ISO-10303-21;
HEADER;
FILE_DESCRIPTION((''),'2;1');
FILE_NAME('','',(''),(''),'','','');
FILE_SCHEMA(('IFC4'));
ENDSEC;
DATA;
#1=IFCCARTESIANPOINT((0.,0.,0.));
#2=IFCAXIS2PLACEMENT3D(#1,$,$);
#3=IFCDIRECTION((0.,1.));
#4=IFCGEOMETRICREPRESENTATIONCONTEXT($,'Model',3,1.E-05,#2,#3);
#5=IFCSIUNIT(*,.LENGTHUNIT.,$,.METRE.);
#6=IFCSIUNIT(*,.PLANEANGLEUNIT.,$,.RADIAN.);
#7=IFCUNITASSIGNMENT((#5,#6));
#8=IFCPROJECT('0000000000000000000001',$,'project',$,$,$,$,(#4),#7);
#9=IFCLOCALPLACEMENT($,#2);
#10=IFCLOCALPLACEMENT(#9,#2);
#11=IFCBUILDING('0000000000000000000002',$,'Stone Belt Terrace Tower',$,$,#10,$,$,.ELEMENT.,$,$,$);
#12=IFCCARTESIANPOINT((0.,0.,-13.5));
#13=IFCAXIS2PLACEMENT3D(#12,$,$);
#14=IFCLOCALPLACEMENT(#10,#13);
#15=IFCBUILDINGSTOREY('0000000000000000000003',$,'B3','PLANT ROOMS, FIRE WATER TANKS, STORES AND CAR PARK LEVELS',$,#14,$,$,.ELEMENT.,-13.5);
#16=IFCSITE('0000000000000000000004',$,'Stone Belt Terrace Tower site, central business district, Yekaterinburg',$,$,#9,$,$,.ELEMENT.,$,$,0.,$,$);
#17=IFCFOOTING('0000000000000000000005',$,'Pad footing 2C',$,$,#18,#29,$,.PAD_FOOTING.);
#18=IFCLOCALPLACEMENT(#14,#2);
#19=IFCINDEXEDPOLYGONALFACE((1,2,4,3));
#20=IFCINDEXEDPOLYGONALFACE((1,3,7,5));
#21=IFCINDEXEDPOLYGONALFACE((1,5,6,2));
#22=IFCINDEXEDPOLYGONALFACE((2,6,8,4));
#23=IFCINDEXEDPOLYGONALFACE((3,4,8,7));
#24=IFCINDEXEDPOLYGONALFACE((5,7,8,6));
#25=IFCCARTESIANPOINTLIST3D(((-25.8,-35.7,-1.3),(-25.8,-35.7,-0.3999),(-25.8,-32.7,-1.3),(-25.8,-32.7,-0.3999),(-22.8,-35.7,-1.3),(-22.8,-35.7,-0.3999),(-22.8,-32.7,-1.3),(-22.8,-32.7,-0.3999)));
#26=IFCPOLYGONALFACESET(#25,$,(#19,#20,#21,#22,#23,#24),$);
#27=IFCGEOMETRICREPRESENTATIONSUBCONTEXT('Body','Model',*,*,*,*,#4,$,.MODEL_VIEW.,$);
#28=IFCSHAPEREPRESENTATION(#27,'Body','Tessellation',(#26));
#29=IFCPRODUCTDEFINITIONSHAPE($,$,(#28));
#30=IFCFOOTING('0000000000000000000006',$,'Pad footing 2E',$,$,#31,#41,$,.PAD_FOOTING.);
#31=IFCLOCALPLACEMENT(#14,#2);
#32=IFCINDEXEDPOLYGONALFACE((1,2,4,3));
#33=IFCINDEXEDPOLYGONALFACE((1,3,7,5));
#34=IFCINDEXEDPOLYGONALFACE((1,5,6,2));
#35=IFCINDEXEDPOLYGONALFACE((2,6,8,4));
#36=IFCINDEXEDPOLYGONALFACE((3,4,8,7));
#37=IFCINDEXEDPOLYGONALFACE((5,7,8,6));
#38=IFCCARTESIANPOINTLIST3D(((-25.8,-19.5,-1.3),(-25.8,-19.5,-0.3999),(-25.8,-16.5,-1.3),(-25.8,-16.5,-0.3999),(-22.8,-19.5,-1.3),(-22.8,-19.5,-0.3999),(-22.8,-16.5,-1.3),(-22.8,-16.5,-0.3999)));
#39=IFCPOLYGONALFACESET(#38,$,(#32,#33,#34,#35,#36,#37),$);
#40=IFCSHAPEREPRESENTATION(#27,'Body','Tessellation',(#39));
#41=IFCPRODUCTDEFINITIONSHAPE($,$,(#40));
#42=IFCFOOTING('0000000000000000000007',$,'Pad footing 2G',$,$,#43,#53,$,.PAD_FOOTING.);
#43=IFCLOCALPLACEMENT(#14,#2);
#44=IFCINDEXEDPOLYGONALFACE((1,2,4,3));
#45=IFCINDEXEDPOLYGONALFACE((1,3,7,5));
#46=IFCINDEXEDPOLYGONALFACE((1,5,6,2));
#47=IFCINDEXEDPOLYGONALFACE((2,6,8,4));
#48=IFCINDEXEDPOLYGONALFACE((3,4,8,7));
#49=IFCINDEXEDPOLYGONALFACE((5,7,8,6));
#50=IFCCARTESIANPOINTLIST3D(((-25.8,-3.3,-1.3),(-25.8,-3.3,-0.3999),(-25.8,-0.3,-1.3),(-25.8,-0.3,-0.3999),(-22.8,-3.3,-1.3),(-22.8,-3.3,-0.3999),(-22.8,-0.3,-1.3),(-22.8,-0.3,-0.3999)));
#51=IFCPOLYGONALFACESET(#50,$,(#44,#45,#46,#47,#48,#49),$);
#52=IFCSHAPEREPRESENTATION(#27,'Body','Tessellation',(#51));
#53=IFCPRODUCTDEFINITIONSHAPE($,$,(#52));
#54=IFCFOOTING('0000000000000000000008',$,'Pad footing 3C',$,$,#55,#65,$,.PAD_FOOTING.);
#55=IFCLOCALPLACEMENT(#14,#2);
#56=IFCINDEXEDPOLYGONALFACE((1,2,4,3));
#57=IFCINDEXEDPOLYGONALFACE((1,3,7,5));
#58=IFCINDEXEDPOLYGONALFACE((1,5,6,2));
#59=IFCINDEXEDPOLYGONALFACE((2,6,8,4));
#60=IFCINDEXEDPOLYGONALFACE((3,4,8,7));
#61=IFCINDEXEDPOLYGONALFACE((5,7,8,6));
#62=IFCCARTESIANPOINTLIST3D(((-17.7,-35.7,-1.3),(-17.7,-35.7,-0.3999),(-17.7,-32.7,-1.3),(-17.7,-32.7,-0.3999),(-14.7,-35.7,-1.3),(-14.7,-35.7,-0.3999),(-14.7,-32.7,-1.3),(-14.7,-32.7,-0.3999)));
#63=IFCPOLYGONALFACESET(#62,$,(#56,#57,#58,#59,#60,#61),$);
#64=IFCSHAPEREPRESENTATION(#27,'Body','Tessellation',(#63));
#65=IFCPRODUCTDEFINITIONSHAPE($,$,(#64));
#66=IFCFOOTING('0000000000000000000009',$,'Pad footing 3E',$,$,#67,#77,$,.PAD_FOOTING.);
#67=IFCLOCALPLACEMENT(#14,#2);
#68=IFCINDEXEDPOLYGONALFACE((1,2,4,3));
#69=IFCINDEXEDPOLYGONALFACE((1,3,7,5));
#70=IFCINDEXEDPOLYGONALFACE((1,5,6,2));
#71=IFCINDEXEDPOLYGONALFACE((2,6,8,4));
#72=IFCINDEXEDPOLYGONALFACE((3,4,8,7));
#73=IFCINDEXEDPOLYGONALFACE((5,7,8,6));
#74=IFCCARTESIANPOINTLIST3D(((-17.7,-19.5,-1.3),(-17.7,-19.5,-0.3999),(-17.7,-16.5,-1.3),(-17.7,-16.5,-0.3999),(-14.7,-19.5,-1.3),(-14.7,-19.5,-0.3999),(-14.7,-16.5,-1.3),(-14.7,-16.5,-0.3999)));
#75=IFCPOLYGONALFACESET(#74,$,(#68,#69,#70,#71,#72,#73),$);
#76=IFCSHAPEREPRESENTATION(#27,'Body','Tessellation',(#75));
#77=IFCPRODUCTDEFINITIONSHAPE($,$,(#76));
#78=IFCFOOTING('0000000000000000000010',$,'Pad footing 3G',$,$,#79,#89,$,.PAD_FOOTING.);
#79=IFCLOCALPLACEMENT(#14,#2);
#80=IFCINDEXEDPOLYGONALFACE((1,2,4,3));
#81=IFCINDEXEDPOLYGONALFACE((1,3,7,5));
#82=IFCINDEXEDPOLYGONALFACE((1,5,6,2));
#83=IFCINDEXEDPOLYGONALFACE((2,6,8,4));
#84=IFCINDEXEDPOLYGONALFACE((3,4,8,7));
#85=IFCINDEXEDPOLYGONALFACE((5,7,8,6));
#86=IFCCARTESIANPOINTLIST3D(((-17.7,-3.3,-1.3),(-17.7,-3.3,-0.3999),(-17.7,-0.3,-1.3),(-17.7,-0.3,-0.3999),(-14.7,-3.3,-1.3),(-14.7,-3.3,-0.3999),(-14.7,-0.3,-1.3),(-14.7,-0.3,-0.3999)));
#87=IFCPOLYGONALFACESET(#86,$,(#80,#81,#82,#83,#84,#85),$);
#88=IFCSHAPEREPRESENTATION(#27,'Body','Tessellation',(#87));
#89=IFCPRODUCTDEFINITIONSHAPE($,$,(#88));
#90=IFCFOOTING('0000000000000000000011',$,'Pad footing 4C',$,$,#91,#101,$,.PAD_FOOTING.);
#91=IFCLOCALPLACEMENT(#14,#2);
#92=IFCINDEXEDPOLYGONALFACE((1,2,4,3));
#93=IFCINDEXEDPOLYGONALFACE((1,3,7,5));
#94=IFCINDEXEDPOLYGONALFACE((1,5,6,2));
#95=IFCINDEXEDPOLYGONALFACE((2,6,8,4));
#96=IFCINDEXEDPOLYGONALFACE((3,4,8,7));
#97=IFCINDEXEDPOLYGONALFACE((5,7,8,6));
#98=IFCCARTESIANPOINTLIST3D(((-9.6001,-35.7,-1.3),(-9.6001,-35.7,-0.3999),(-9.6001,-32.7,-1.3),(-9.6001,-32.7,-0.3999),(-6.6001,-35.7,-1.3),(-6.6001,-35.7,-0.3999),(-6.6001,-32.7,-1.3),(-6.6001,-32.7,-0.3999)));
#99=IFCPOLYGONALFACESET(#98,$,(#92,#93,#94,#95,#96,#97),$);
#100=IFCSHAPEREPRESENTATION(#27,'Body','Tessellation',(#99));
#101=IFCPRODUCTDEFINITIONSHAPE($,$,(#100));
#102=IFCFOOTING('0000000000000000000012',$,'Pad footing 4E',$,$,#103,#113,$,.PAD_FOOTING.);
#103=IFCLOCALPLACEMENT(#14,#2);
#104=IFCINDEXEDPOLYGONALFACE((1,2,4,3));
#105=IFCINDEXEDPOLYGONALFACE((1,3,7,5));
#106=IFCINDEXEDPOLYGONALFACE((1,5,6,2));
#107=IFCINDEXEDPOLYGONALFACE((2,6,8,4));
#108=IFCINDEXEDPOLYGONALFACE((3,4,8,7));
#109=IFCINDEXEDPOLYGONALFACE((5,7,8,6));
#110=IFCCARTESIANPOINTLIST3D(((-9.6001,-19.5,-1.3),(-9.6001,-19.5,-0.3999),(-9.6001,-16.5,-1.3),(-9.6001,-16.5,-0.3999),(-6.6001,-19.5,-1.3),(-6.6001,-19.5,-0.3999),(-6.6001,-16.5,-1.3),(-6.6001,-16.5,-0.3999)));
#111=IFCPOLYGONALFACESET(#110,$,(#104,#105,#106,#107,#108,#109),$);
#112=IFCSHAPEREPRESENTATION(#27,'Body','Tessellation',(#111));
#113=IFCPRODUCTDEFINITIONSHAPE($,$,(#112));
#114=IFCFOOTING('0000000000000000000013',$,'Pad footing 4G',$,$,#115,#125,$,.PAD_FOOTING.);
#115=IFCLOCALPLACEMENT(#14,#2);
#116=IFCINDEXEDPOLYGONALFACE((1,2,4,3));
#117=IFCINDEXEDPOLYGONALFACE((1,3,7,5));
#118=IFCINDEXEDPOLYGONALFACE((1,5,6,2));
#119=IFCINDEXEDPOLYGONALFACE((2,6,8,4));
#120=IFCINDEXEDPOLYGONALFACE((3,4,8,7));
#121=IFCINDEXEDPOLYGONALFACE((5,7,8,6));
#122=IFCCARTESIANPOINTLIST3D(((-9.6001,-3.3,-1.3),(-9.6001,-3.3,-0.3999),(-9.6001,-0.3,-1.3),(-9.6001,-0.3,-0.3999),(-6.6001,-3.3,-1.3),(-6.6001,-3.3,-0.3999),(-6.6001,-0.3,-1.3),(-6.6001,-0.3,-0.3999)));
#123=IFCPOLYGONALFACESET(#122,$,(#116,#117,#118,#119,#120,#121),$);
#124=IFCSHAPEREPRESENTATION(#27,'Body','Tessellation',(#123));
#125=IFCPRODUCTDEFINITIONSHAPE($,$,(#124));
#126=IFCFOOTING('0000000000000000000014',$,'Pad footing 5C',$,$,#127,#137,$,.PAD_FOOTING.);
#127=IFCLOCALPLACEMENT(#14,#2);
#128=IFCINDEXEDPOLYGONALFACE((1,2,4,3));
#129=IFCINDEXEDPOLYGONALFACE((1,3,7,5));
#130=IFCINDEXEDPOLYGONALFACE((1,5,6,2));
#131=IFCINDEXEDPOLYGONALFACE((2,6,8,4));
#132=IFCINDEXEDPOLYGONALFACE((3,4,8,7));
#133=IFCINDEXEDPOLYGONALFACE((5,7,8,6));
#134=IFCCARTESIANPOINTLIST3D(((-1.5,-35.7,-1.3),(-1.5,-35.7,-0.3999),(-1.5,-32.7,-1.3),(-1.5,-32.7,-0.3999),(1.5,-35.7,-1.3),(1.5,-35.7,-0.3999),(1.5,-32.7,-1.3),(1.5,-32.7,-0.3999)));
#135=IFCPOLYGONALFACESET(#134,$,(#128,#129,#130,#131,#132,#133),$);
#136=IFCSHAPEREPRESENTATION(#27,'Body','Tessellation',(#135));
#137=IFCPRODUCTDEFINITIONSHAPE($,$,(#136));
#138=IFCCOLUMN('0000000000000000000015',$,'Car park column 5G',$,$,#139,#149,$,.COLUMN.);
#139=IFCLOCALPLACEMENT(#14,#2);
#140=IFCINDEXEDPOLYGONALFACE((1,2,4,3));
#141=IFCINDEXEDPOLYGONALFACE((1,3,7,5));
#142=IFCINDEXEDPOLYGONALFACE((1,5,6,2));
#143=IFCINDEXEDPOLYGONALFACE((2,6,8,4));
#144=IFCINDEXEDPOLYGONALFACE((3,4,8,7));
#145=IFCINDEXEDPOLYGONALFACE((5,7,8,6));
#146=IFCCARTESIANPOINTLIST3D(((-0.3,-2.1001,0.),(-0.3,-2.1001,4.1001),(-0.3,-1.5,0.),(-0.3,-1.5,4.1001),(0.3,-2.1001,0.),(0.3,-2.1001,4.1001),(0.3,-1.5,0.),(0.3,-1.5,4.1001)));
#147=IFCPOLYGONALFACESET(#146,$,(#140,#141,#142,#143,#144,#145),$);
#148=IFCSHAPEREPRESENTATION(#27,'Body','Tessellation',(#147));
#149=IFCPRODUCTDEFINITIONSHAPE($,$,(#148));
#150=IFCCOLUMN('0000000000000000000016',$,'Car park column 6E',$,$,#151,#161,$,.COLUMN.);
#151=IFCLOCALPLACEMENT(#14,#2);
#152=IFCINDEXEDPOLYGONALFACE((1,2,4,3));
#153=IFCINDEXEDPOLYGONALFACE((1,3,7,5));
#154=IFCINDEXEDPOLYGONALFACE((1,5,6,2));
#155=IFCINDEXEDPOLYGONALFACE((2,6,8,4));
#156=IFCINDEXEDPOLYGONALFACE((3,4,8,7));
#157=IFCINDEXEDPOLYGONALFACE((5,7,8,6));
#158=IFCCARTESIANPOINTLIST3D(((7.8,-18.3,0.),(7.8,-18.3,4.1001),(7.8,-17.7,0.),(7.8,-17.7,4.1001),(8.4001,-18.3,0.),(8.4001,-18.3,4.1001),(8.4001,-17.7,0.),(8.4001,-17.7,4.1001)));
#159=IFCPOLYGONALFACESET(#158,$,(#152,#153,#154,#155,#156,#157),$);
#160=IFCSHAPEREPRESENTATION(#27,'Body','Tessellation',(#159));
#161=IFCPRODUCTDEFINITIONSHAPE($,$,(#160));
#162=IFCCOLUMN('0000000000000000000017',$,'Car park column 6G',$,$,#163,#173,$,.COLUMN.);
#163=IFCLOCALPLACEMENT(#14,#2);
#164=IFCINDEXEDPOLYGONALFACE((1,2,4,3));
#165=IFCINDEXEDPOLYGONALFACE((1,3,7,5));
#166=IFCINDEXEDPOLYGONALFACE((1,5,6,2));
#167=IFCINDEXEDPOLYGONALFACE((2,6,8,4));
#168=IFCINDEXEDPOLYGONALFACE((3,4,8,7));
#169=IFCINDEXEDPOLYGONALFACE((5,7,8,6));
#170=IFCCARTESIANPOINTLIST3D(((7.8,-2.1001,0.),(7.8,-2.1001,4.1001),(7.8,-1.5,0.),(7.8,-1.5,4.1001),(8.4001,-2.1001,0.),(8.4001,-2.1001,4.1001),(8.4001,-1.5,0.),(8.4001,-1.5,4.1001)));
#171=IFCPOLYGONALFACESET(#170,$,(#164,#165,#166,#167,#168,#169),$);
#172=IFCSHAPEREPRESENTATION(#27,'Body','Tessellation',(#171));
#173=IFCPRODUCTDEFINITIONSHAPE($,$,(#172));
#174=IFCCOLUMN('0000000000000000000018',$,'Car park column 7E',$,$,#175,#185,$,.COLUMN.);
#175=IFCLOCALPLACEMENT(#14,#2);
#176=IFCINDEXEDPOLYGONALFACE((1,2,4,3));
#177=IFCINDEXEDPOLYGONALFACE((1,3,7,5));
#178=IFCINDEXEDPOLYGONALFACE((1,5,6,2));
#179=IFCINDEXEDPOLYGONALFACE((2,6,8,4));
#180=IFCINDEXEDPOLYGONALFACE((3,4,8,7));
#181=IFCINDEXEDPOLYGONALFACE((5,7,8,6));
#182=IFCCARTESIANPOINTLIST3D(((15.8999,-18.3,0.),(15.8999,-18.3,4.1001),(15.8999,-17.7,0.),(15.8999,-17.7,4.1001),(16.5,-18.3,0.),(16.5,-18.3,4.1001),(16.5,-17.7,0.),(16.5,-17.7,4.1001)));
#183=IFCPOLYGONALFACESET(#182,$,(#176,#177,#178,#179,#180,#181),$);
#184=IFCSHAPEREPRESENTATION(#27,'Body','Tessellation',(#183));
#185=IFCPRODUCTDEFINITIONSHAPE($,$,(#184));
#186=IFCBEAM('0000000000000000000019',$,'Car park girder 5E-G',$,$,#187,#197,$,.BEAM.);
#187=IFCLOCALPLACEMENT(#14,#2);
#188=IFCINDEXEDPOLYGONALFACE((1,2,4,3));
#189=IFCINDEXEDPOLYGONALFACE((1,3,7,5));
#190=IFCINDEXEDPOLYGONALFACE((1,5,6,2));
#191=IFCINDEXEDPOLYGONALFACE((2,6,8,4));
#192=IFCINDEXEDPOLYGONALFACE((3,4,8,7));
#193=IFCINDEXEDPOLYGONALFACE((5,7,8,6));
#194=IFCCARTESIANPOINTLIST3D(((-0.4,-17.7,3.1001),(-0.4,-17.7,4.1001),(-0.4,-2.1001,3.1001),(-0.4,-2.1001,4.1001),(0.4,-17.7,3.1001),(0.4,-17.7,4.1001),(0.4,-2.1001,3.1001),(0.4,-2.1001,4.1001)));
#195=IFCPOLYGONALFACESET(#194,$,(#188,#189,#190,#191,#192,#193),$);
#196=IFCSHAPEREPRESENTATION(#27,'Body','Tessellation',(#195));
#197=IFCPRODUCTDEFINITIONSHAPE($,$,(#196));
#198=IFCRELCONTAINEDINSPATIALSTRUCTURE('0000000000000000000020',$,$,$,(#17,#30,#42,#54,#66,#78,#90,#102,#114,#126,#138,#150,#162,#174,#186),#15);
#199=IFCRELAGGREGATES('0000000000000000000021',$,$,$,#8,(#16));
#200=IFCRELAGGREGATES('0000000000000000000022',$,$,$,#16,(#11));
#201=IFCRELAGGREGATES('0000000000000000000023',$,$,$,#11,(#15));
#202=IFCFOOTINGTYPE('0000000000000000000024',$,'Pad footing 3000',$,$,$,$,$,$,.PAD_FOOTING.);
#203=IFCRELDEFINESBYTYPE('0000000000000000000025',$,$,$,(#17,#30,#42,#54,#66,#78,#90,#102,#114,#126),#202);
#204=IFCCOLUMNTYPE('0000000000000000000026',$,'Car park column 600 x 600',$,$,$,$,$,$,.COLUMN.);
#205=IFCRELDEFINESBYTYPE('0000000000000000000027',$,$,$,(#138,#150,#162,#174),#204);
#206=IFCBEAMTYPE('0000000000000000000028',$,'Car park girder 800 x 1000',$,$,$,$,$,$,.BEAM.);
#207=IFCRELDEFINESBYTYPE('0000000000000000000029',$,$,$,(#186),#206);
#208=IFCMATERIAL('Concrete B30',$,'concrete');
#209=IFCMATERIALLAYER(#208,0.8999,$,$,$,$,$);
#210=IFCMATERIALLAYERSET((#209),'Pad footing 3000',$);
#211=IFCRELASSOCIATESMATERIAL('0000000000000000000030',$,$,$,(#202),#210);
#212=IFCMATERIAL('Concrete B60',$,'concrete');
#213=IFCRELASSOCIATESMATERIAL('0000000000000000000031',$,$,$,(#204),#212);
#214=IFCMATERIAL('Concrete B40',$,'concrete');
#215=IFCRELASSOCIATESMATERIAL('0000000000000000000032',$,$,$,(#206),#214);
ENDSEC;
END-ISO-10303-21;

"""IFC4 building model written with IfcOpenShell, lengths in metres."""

from ifc_helpers import new_model, si_unit, direction, frame, origin, origin_2d, place, context, subcontext, project, spatial, polyline, rectangle, outline, extrude, material, layer, layer_set, material_profile, profile_set, type_object, element, save


model = new_model("IFC4")

# Units and contexts
model_context = context("Model", 3, precision=1e-05, world=origin(), true_north=direction((0.0, 1.0)))
body_context = subcontext(model_context, "Body", "Model", "MODEL_VIEW")
ifc_project = project(units=[si_unit("LENGTHUNIT", "METRE"), si_unit("PLANEANGLEUNIT", "RADIAN")], contexts=[model_context])

# Site, building, storey
site_placement = place(None, origin())
site = spatial("IfcSite", under=ifc_project, at=site_placement, Name="Stone Belt Terrace Tower site, central business district, Yekaterinburg", CompositionType="ELEMENT", RefElevation=0.0)
building_placement = place(site_placement, origin())
building = spatial("IfcBuilding", under=site, at=building_placement, Name="Stone Belt Terrace Tower", CompositionType="ELEMENT")
storey_placement = place(building_placement, frame((0.0, 0.0, -13.5)))
storey = spatial("IfcBuildingStorey", under=building, at=storey_placement, Name="B3", Description="PLANT ROOMS, FIRE WATER TANKS, STORES AND CAR PARK LEVELS", CompositionType="ELEMENT", Elevation=-13.5)

# Footings
ifc_material_1 = material(Name="Concrete B30", Category="concrete")
ifc_layer_1 = layer(ifc_material_1, 0.8999)
ifc_layer_set_1 = layer_set([ifc_layer_1], Name="Pad footing 3000")
footing_type = type_object("IfcFootingType", Name="Pad footing 3000", PredefinedType="PAD_FOOTING", material=ifc_layer_set_1)
footing_1_placement = place(storey_placement, frame((0.0, 0.0, -1.3)))
element("IfcFooting", 1, at=footing_1_placement, inside=storey, type_object=footing_type, Name="Pad footing 2C", PredefinedType="PAD_FOOTING", context=body_context, shape_type="SweptSolid", body=[
    extrude(outline(polyline([(-25.8, -35.7), (-22.8, -35.7), (-22.8, -32.7), (-25.8, -32.7), (-25.8, -35.7)])), origin(), (0.0, 0.0, 1.0), 0.9001),
])
footing_2_placement = place(storey_placement, frame((0.0, 0.0, -1.3)))
element("IfcFooting", 2, at=footing_2_placement, inside=storey, type_object=footing_type, Name="Pad footing 2E", PredefinedType="PAD_FOOTING", context=body_context, shape_type="SweptSolid", body=[
    extrude(outline(polyline([(-25.8, -19.5), (-22.8, -19.5), (-22.8, -16.5), (-25.8, -16.5), (-25.8, -19.5)])), origin(), (0.0, 0.0, 1.0), 0.9001),
])
footing_3_placement = place(storey_placement, frame((0.0, 0.0, -1.3)))
element("IfcFooting", 3, at=footing_3_placement, inside=storey, type_object=footing_type, Name="Pad footing 2G", PredefinedType="PAD_FOOTING", context=body_context, shape_type="SweptSolid", body=[
    extrude(outline(polyline([(-25.8, -3.3), (-22.8, -3.3), (-22.8, -0.3), (-25.8, -0.3), (-25.8, -3.3)])), origin(), (0.0, 0.0, 1.0), 0.9001),
])
footing_4_placement = place(storey_placement, frame((0.0, 0.0, -1.3)))
element("IfcFooting", 4, at=footing_4_placement, inside=storey, type_object=footing_type, Name="Pad footing 3C", PredefinedType="PAD_FOOTING", context=body_context, shape_type="SweptSolid", body=[
    extrude(outline(polyline([(-17.7, -35.7), (-14.7, -35.7), (-14.7, -32.7), (-17.7, -32.7), (-17.7, -35.7)])), origin(), (0.0, 0.0, 1.0), 0.9001),
])
footing_5_placement = place(storey_placement, frame((0.0, 0.0, -1.3)))
element("IfcFooting", 5, at=footing_5_placement, inside=storey, type_object=footing_type, Name="Pad footing 3E", PredefinedType="PAD_FOOTING", context=body_context, shape_type="SweptSolid", body=[
    extrude(outline(polyline([(-17.7, -19.5), (-14.7, -19.5), (-14.7, -16.5), (-17.7, -16.5), (-17.7, -19.5)])), origin(), (0.0, 0.0, 1.0), 0.9001),
])
footing_6_placement = place(storey_placement, frame((0.0, 0.0, -1.3)))
element("IfcFooting", 6, at=footing_6_placement, inside=storey, type_object=footing_type, Name="Pad footing 3G", PredefinedType="PAD_FOOTING", context=body_context, shape_type="SweptSolid", body=[
    extrude(outline(polyline([(-17.7, -3.3), (-14.7, -3.3), (-14.7, -0.3), (-17.7, -0.3), (-17.7, -3.3)])), origin(), (0.0, 0.0, 1.0), 0.9001),
])
footing_7_placement = place(storey_placement, frame((0.0, 0.0, -1.3)))
element("IfcFooting", 7, at=footing_7_placement, inside=storey, type_object=footing_type, Name="Pad footing 4C", PredefinedType="PAD_FOOTING", context=body_context, shape_type="SweptSolid", body=[
    extrude(outline(polyline([(-9.6001, -35.7), (-6.6001, -35.7), (-6.6001, -32.7), (-9.6001, -32.7), (-9.6001, -35.7)])), origin(), (0.0, 0.0, 1.0), 0.9001),
])
footing_8_placement = place(storey_placement, frame((0.0, 0.0, -1.3)))
element("IfcFooting", 8, at=footing_8_placement, inside=storey, type_object=footing_type, Name="Pad footing 4E", PredefinedType="PAD_FOOTING", context=body_context, shape_type="SweptSolid", body=[
    extrude(outline(polyline([(-9.6001, -19.5), (-6.6001, -19.5), (-6.6001, -16.5), (-9.6001, -16.5), (-9.6001, -19.5)])), origin(), (0.0, 0.0, 1.0), 0.9001),
])
footing_9_placement = place(storey_placement, frame((0.0, 0.0, -1.3)))
element("IfcFooting", 9, at=footing_9_placement, inside=storey, type_object=footing_type, Name="Pad footing 4G", PredefinedType="PAD_FOOTING", context=body_context, shape_type="SweptSolid", body=[
    extrude(outline(polyline([(-9.6001, -3.3), (-6.6001, -3.3), (-6.6001, -0.3), (-9.6001, -0.3), (-9.6001, -3.3)])), origin(), (0.0, 0.0, 1.0), 0.9001),
])
footing_10_placement = place(storey_placement, frame((0.0, 0.0, -1.3)))
element("IfcFooting", 10, at=footing_10_placement, inside=storey, type_object=footing_type, Name="Pad footing 5C", PredefinedType="PAD_FOOTING", context=body_context, shape_type="SweptSolid", body=[
    extrude(outline(polyline([(-1.5, -35.7), (1.5, -35.7), (1.5, -32.7), (-1.5, -32.7), (-1.5, -35.7)])), origin(), (0.0, 0.0, 1.0), 0.9001),
])

# Columns
ifc_material_2 = material(Name="Concrete B60", Category="concrete")
ifc_material_profile_1 = material_profile(ifc_material_2, rectangle(XDim=0.6001, YDim=0.6001, at=origin_2d()), Name="Car park column 600 x 600")
ifc_profile_set_1 = profile_set([ifc_material_profile_1], Name="Concrete B60")
column_type = type_object("IfcColumnType", Name="Car park column 600 x 600", PredefinedType="COLUMN", material=ifc_profile_set_1)
for number, where, z_axis, x_axis, name in (
    (11, (0.0, -1.8, 0.0), (0.0, 0.0, 1.0), (1.0, 0.0, 0.0), "Car park column 5G"),
    (12, (8.1001, -18.0, 0.0), (0.0, 0.0, 1.0), (1.0, 0.0, 0.0), "Car park column 6E"),
    (13, (8.1001, -1.8, 0.0), (0.0, 0.0, 1.0), (1.0, 0.0, 0.0), "Car park column 6G"),
    (14, (16.2, -18.0, 0.0), (0.0, 0.0, 1.0), (1.0, 0.0, 0.0), "Car park column 7E"),
):
    element("IfcColumn", number, at=place(storey_placement, frame(where, z_axis=z_axis, x_axis=x_axis)), inside=storey, type_object=column_type, Name=name, PredefinedType="COLUMN", context=body_context, shape_type="SweptSolid", body=[
        extrude(rectangle(XDim=0.6001, YDim=0.6001, at=origin_2d()), origin(), (0.0, 0.0, 1.0), 4.1001),
    ])

# Beam
ifc_material_3 = material(Name="Concrete B40", Category="concrete")
ifc_material_profile_2 = material_profile(ifc_material_3, rectangle(XDim=0.8, YDim=1.0, at=origin_2d()), Name="Car park girder 800 x 1000")
ifc_profile_set_2 = profile_set([ifc_material_profile_2], Name="Concrete B40")
beam_type_1 = type_object("IfcBeamType", Name="Car park girder 800 x 1000", PredefinedType="BEAM", material=ifc_profile_set_2)
for number, where, z_axis, x_axis, name in (
    (15, (0.0, -17.7, 3.6001), (0.0, 1.0, 0.0), (-1.0, 0.0, 0.0), "Car park girder 5E-G"),
):
    element("IfcBeam", number, at=place(storey_placement, frame(where, z_axis=z_axis, x_axis=x_axis)), inside=storey, type_object=beam_type_1, Name=name, PredefinedType="BEAM", context=body_context, shape_type="SweptSolid", body=[
        extrude(rectangle(XDim=0.8, YDim=1.0, at=origin_2d()), origin(), (0.0, 0.0, 1.0), 15.5999),
    ])

save(model, "model.ifc")
